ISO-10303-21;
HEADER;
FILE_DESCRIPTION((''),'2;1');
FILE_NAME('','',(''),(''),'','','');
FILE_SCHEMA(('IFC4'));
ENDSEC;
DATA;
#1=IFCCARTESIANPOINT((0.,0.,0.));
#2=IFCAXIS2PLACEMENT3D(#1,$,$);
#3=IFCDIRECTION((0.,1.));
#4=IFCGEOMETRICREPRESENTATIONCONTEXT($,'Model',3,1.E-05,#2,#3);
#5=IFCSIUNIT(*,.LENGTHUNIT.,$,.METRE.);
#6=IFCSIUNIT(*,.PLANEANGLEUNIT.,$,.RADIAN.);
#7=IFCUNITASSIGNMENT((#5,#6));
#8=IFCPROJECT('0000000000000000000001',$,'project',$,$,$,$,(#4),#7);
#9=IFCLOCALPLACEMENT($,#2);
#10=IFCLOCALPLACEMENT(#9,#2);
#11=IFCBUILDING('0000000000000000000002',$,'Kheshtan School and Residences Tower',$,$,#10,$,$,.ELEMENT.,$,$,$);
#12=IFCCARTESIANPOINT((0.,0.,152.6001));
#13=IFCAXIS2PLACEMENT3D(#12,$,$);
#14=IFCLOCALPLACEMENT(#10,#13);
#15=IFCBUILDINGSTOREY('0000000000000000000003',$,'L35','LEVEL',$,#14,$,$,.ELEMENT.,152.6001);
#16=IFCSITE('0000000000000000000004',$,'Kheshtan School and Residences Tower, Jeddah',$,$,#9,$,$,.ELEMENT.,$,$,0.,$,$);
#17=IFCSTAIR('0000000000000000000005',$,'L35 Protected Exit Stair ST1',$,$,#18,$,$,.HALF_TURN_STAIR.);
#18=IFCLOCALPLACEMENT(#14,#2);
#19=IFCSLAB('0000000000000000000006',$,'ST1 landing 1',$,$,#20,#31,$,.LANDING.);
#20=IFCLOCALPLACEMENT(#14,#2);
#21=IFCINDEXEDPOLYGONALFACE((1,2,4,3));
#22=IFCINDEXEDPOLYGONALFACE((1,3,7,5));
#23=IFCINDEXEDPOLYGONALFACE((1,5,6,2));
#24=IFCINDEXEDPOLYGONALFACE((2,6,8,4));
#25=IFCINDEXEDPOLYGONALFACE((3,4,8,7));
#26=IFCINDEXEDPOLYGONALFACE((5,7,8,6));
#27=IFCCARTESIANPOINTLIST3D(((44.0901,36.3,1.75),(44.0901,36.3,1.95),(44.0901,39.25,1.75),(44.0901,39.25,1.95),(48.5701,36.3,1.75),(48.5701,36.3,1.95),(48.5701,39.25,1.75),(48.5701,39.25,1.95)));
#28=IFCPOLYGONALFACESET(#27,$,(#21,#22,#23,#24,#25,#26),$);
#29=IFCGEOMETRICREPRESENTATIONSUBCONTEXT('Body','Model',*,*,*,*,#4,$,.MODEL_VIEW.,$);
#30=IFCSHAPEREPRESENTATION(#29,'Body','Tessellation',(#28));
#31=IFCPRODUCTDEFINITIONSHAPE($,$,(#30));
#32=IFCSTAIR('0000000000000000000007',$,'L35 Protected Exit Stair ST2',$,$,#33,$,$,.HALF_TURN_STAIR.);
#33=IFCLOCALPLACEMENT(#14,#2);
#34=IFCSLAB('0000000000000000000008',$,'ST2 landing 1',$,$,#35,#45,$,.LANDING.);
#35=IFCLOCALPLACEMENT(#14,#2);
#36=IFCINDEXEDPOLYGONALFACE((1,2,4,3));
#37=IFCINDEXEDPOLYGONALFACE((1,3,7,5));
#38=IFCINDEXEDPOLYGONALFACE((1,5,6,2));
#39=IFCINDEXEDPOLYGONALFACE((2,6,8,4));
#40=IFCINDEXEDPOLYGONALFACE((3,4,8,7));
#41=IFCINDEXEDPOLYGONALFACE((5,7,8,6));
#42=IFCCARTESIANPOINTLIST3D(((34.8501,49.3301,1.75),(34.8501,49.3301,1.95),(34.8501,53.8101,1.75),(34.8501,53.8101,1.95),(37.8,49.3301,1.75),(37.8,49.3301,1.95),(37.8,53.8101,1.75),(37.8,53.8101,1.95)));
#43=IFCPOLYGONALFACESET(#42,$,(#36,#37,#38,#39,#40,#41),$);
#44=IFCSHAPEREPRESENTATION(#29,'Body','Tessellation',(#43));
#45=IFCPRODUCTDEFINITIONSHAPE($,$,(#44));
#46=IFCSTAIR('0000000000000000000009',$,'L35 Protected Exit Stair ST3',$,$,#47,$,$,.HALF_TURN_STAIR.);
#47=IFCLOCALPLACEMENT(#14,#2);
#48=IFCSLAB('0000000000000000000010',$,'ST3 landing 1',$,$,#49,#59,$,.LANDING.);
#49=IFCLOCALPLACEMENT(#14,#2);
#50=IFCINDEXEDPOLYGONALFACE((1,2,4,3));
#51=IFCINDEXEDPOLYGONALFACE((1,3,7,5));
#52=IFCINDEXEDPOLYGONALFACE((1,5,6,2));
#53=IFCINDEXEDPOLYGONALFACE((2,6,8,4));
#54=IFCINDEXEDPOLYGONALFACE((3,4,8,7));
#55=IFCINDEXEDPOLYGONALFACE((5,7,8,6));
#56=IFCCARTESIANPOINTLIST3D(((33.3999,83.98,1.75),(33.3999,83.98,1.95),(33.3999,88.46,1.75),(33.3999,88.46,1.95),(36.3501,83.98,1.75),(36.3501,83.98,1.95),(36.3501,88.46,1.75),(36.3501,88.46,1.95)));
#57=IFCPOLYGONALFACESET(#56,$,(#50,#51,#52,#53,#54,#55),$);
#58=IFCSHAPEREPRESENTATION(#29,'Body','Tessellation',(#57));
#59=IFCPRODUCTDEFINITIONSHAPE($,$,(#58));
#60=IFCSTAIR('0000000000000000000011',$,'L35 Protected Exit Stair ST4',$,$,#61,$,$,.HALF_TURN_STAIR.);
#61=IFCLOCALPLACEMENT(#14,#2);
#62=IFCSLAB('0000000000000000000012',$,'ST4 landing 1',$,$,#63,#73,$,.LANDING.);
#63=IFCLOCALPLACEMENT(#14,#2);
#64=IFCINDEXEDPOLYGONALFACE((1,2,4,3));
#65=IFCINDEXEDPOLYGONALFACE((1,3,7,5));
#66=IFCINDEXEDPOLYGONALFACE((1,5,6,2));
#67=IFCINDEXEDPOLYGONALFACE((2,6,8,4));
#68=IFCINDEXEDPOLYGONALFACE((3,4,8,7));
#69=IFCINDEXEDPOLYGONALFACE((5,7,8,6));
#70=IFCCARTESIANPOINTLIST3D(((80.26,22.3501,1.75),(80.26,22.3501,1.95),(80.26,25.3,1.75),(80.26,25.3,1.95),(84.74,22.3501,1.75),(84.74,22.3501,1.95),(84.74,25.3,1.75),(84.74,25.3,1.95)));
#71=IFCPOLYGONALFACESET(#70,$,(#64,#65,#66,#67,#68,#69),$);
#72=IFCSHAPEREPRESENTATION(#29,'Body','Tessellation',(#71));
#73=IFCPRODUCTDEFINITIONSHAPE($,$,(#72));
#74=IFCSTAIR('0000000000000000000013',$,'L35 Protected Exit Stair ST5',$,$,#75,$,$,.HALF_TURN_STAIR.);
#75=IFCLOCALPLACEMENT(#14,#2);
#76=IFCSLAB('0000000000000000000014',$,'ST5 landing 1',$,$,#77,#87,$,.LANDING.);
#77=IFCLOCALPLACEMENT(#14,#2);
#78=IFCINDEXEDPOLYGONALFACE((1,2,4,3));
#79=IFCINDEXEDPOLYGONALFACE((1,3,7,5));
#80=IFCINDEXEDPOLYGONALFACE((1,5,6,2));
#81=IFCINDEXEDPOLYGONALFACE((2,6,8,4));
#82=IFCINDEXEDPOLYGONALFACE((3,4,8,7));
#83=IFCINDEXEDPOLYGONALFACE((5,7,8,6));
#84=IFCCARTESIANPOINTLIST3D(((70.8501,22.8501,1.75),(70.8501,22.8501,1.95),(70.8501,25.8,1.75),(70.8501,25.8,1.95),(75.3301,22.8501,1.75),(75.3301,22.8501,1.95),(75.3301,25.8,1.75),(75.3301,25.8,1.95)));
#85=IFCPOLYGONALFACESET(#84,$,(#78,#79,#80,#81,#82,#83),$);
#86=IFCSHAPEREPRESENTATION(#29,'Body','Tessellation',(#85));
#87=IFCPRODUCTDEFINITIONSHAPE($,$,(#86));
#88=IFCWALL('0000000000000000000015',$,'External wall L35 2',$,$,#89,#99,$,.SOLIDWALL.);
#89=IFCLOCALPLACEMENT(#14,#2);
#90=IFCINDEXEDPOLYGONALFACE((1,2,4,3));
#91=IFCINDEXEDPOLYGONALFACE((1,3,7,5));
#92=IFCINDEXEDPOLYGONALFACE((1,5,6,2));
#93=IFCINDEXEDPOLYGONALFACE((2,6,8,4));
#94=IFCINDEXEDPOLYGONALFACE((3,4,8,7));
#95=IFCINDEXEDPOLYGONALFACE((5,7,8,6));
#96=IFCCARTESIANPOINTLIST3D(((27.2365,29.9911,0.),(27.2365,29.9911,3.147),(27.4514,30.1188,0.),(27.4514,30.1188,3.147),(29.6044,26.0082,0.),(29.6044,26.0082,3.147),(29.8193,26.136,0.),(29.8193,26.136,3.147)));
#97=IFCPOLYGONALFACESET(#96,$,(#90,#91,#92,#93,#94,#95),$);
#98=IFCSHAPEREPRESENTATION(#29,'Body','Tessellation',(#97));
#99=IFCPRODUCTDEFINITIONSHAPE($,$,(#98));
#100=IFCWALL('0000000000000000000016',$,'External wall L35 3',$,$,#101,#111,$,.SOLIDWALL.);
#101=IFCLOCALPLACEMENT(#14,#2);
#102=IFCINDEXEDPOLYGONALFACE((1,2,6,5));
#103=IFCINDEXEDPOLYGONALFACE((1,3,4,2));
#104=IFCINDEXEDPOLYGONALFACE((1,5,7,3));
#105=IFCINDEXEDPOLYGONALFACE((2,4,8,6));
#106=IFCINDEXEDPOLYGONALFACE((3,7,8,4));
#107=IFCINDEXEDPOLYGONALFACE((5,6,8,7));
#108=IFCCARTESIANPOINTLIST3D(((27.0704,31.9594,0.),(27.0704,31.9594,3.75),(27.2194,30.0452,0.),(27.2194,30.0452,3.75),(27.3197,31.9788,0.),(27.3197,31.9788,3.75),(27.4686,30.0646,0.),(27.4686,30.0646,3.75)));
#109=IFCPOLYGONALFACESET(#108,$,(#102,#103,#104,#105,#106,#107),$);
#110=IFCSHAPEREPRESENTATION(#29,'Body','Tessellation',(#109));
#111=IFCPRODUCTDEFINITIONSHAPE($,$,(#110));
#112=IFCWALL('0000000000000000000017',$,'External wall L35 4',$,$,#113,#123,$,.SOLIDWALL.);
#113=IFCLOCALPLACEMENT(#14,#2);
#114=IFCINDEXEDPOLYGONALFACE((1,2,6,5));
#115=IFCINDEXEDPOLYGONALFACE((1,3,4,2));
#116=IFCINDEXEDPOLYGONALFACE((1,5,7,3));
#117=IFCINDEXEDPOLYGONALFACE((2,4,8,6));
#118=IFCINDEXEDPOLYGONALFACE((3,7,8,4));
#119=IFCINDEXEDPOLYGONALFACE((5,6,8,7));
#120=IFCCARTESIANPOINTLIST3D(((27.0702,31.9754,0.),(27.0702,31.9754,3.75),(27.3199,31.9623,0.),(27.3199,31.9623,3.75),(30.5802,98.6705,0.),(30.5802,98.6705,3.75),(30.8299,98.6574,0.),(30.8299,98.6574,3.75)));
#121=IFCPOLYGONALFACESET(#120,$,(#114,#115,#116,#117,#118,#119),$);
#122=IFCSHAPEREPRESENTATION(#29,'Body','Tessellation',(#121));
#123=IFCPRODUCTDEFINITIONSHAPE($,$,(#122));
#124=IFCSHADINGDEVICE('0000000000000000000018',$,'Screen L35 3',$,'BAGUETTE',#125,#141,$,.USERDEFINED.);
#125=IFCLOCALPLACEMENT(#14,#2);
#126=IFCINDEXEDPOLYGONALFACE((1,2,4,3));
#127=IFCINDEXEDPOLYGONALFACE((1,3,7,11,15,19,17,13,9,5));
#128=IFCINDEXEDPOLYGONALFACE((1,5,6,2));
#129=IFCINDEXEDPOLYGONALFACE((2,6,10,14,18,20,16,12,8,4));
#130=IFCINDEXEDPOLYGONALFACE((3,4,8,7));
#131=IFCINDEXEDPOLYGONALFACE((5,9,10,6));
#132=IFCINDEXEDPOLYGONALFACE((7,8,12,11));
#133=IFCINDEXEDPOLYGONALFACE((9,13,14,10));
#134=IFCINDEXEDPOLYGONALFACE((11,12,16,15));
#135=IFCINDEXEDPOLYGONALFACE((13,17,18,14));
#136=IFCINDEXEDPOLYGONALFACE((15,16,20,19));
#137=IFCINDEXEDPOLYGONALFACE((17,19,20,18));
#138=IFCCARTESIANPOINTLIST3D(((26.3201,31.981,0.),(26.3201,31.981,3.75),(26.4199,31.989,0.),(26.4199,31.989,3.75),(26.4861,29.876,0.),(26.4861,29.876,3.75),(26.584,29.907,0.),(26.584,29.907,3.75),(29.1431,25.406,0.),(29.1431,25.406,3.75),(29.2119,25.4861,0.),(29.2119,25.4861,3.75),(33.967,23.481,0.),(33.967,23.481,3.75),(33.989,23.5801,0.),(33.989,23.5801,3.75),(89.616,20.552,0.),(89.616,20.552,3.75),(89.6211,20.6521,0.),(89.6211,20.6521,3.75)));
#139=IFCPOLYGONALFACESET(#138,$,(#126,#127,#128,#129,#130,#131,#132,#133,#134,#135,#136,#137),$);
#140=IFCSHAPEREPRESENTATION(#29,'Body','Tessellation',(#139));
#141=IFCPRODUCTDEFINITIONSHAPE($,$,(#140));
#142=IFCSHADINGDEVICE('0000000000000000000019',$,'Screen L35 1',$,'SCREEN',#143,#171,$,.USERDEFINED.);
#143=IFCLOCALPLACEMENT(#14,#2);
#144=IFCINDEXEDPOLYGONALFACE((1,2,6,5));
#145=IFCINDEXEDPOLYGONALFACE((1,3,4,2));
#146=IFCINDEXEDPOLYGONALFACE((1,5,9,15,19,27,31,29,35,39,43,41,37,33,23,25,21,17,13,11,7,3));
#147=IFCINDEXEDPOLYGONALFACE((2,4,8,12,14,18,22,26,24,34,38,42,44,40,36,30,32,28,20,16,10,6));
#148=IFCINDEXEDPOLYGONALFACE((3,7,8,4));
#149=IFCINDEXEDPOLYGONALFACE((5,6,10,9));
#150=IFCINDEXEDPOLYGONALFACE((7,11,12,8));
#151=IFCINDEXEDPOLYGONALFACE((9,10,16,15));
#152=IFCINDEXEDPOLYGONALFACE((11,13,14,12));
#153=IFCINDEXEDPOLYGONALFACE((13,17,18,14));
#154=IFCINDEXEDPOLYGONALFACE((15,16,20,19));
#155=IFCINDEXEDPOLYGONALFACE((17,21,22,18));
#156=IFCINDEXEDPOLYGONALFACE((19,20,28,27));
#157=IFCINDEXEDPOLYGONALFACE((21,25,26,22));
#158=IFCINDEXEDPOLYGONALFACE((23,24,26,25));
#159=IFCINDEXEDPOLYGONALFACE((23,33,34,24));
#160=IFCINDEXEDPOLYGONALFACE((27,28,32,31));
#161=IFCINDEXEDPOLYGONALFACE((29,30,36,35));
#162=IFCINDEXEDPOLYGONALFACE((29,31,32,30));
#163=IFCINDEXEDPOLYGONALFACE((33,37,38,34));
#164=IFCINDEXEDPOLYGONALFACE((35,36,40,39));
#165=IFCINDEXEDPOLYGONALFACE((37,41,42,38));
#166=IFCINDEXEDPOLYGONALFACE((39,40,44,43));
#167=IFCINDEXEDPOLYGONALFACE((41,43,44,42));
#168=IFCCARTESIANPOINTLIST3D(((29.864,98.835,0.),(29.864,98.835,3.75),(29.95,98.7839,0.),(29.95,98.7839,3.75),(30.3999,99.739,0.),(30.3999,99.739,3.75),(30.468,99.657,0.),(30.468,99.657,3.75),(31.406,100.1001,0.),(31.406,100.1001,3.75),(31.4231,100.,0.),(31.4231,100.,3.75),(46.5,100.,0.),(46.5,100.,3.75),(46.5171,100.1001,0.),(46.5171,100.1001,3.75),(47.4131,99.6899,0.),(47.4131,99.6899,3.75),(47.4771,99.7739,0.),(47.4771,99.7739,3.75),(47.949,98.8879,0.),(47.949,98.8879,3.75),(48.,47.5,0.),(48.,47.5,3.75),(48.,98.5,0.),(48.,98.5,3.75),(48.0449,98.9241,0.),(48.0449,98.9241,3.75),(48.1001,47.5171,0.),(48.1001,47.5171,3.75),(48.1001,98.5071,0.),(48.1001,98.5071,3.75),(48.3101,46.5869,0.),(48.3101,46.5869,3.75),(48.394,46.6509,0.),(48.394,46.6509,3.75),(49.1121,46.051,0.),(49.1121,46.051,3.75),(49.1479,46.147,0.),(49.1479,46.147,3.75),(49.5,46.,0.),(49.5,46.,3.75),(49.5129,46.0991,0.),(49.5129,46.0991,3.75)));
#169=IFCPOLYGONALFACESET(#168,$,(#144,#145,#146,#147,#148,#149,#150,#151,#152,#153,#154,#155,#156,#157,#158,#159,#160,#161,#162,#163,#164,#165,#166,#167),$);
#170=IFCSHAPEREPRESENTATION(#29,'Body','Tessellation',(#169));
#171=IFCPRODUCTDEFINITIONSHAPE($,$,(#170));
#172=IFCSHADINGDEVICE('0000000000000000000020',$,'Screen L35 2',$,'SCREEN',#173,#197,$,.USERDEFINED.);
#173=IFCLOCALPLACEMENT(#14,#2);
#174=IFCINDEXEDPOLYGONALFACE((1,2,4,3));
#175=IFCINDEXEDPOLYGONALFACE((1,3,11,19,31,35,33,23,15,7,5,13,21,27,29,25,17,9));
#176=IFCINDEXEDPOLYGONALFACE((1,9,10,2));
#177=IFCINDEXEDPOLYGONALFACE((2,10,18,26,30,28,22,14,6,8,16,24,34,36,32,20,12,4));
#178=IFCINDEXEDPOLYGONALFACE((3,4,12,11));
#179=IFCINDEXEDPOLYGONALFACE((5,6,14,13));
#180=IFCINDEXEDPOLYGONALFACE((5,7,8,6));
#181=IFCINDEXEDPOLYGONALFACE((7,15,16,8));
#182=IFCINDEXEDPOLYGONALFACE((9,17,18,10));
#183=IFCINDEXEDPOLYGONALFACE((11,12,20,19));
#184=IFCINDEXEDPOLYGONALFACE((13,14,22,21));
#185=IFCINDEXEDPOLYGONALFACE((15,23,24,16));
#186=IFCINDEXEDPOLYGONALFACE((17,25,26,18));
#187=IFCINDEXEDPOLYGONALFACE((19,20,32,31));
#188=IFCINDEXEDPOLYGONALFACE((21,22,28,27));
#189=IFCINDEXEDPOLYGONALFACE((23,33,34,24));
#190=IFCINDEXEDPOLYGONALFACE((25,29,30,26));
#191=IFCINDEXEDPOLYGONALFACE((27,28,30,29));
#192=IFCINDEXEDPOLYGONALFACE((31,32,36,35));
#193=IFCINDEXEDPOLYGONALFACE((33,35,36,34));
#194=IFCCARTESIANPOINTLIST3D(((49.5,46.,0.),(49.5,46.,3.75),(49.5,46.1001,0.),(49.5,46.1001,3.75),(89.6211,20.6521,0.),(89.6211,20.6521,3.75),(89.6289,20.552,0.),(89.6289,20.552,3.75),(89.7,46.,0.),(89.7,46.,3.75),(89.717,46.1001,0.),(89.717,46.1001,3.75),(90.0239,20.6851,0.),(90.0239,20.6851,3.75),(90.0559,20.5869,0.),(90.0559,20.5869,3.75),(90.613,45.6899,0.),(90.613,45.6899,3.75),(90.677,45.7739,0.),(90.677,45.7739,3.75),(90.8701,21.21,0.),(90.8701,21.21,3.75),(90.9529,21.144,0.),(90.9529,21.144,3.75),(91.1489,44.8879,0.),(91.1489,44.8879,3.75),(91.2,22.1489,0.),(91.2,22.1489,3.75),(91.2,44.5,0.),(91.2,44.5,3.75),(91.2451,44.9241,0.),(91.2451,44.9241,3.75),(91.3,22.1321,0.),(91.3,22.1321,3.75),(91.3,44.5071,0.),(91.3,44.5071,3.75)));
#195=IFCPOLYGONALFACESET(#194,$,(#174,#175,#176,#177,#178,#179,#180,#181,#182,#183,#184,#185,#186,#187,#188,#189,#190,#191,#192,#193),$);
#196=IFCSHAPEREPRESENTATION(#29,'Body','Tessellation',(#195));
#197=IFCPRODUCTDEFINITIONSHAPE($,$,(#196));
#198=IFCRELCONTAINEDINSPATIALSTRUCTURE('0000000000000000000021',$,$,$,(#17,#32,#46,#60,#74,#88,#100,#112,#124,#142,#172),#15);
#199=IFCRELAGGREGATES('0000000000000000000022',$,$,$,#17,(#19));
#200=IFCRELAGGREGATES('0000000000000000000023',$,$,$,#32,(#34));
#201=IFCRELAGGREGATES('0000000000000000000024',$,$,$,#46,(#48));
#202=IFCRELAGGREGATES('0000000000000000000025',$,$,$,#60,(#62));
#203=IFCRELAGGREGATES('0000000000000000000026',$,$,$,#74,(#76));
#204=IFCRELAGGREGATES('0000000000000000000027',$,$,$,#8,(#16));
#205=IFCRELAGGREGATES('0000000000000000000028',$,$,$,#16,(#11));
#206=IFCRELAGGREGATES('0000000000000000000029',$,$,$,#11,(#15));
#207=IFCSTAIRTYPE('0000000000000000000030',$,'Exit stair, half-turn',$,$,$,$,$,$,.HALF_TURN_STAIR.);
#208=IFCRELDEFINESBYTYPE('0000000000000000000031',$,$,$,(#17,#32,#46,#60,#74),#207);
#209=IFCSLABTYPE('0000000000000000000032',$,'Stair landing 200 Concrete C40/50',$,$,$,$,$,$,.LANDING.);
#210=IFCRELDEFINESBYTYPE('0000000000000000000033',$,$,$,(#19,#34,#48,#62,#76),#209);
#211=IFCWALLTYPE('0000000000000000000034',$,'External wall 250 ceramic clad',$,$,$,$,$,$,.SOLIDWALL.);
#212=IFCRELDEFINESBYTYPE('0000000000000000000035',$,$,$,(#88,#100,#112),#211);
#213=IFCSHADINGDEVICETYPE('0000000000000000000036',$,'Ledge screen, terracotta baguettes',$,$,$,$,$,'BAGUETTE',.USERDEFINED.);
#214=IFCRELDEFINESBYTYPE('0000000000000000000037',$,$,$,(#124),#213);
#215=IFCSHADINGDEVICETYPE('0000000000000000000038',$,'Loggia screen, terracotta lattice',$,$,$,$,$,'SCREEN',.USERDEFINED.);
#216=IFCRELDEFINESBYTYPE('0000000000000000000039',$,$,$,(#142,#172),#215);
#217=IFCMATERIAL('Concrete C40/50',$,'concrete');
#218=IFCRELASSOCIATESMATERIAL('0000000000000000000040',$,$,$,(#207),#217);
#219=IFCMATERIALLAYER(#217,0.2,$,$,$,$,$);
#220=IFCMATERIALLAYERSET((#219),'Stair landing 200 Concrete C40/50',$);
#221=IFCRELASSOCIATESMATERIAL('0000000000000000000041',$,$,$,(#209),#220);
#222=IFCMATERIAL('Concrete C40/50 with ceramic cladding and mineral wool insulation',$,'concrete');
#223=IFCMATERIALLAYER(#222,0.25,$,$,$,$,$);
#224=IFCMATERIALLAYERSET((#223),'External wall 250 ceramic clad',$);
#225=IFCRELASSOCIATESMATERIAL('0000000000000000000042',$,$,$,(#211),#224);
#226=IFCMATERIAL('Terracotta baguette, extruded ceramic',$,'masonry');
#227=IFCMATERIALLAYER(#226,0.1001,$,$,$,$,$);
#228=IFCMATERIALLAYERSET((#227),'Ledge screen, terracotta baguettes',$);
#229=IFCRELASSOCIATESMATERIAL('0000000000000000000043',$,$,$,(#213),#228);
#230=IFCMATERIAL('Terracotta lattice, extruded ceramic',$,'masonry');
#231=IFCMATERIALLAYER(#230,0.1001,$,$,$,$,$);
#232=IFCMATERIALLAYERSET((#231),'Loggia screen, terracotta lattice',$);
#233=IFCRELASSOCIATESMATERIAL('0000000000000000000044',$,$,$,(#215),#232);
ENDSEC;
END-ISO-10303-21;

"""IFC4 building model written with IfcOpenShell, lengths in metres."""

from ifc_helpers import new_model, si_unit, direction, frame, frame_2d, origin, place, context, subcontext, project, spatial, polyline, rectangle, outline, extrude, material, layer, layer_set, type_object, element, aggregate, save


model = new_model("IFC4")

# Units and contexts
model_context = context("Model", 3, precision=1e-05, world=origin(), true_north=direction((0.0, 1.0)))
body_context = subcontext(model_context, "Body", "Model", "MODEL_VIEW")
ifc_project = project(units=[si_unit("LENGTHUNIT", "METRE"), si_unit("PLANEANGLEUNIT", "RADIAN")], contexts=[model_context])

# Site, building, storey
site_placement = place(None, origin())
site = spatial("IfcSite", under=ifc_project, at=site_placement, Name="Kheshtan School and Residences Tower, Jeddah", CompositionType="ELEMENT", RefElevation=0.0)
building_placement = place(site_placement, origin())
building = spatial("IfcBuilding", under=site, at=building_placement, Name="Kheshtan School and Residences Tower", CompositionType="ELEMENT")
storey_placement = place(building_placement, frame((0.0, 0.0, 152.6001)))
storey = spatial("IfcBuildingStorey", under=building, at=storey_placement, Name="L35", Description="LEVEL", CompositionType="ELEMENT", Elevation=152.6001)

# Shared definitions
ifc_material_1 = material(Name="Concrete C40/50", Category="concrete")

# Stairs, slabs
stair_type = type_object("IfcStairType", Name="Exit stair, half-turn", PredefinedType="HALF_TURN_STAIR", material=ifc_material_1)
stair_1_placement = place(storey_placement, origin())
stair_1 = element("IfcStair", 1, at=stair_1_placement, inside=storey, type_object=stair_type, Name="L35 Protected Exit Stair ST1", PredefinedType="HALF_TURN_STAIR")
ifc_layer_1 = layer(ifc_material_1, 0.2)
ifc_layer_set_1 = layer_set([ifc_layer_1], Name="Stair landing 200 Concrete C40/50")
slab_type_1 = type_object("IfcSlabType", Name="Stair landing 200 Concrete C40/50", PredefinedType="LANDING", material=ifc_layer_set_1)
slab_1_placement = place(storey_placement, frame((0.0, 0.0, 1.75)))
slab_1 = element("IfcSlab", 2, at=slab_1_placement, type_object=slab_type_1, Name="ST1 landing 1", PredefinedType="LANDING", context=body_context, shape_type="SweptSolid", body=[
    extrude(outline(polyline([(48.5701, 39.25), (44.0901, 39.25), (44.0901, 36.3), (48.5701, 36.3), (48.5701, 39.25)])), origin(), (0.0, 0.0, 1.0), 0.2),
])
aggregate(stair_1, [slab_1])
stair_2_placement = place(storey_placement, origin())
stair_2 = element("IfcStair", 3, at=stair_2_placement, inside=storey, type_object=stair_type, Name="L35 Protected Exit Stair ST2", PredefinedType="HALF_TURN_STAIR")
slab_2_placement = place(storey_placement, frame((0.0, 0.0, 1.75)))
slab_2 = element("IfcSlab", 4, at=slab_2_placement, type_object=slab_type_1, Name="ST2 landing 1", PredefinedType="LANDING", context=body_context, shape_type="SweptSolid", body=[
    extrude(outline(polyline([(37.8, 49.3301), (37.8, 53.8101), (34.8501, 53.8101), (34.8501, 49.3301), (37.8, 49.3301)])), origin(), (0.0, 0.0, 1.0), 0.2),
])
aggregate(stair_2, [slab_2])
stair_3_placement = place(storey_placement, origin())
stair_3 = element("IfcStair", 5, at=stair_3_placement, inside=storey, type_object=stair_type, Name="L35 Protected Exit Stair ST3", PredefinedType="HALF_TURN_STAIR")
slab_3_placement = place(storey_placement, frame((0.0, 0.0, 1.75)))
slab_3 = element("IfcSlab", 6, at=slab_3_placement, type_object=slab_type_1, Name="ST3 landing 1", PredefinedType="LANDING", context=body_context, shape_type="SweptSolid", body=[
    extrude(outline(polyline([(36.3501, 83.98), (36.3501, 88.46), (33.3999, 88.46), (33.3999, 83.98), (36.3501, 83.98)])), origin(), (0.0, 0.0, 1.0), 0.2),
])
aggregate(stair_3, [slab_3])
stair_4_placement = place(storey_placement, origin())
stair_4 = element("IfcStair", 7, at=stair_4_placement, inside=storey, type_object=stair_type, Name="L35 Protected Exit Stair ST4", PredefinedType="HALF_TURN_STAIR")
slab_4_placement = place(storey_placement, frame((0.0, 0.0, 1.75)))
slab_4 = element("IfcSlab", 8, at=slab_4_placement, type_object=slab_type_1, Name="ST4 landing 1", PredefinedType="LANDING", context=body_context, shape_type="SweptSolid", body=[
    extrude(outline(polyline([(84.74, 25.3), (80.26, 25.3), (80.26, 22.3501), (84.74, 22.3501), (84.74, 25.3)])), origin(), (0.0, 0.0, 1.0), 0.2),
])
aggregate(stair_4, [slab_4])
stair_5_placement = place(storey_placement, origin())
stair_5 = element("IfcStair", 9, at=stair_5_placement, inside=storey, type_object=stair_type, Name="L35 Protected Exit Stair ST5", PredefinedType="HALF_TURN_STAIR")
slab_5_placement = place(storey_placement, frame((0.0, 0.0, 1.75)))
slab_5 = element("IfcSlab", 10, at=slab_5_placement, type_object=slab_type_1, Name="ST5 landing 1", PredefinedType="LANDING", context=body_context, shape_type="SweptSolid", body=[
    extrude(outline(polyline([(75.3301, 25.8), (70.8501, 25.8), (70.8501, 22.8501), (75.3301, 22.8501), (75.3301, 25.8)])), origin(), (0.0, 0.0, 1.0), 0.2),
])
aggregate(stair_5, [slab_5])

# Walls
ifc_material_2 = material(Name="Concrete C40/50 with ceramic cladding and mineral wool insulation", Category="concrete")
ifc_layer_2 = layer(ifc_material_2, 0.25)
ifc_layer_set_2 = layer_set([ifc_layer_2], Name="External wall 250 ceramic clad")
wall_type = type_object("IfcWallType", Name="External wall 250 ceramic clad", PredefinedType="SOLIDWALL", material=ifc_layer_set_2)
wall_1_placement = place(storey_placement, frame((29.7119, 26.072, 0.0), z_axis=(0.0, 0.0, 1.0), x_axis=(-0.511028, 0.859564, 0.0)))
element("IfcWall", 11, at=wall_1_placement, inside=storey, type_object=wall_type, Name="External wall L35 2", PredefinedType="SOLIDWALL", context=body_context, shape_type="SweptSolid", body=[
    extrude(rectangle(XDim=4.6335, YDim=0.25, at=frame_2d((2.3169, 0.0))), origin(), (0.0, 0.0, 1.0), 3.147),
])
wall_2_placement = place(storey_placement, frame((27.344, 30.0549, 0.0), z_axis=(0.0, 0.0, 1.0), x_axis=(-0.077572, 0.996987, 0.0)))
element("IfcWall", 12, at=wall_2_placement, inside=storey, type_object=wall_type, Name="External wall L35 3", PredefinedType="SOLIDWALL", context=body_context, shape_type="SweptSolid", body=[
    extrude(rectangle(XDim=1.9199, YDim=0.25, at=frame_2d((0.96, 0.0))), origin(), (0.0, 0.0, 1.0), 3.75),
])
wall_3_placement = place(storey_placement, frame((27.1951, 31.969, 0.0), z_axis=(0.0, 0.0, 1.0), x_axis=(0.052555, 0.998618, 0.0)))
element("IfcWall", 13, at=wall_3_placement, inside=storey, type_object=wall_type, Name="External wall L35 4", PredefinedType="SOLIDWALL", context=body_context, shape_type="SweptSolid", body=[
    extrude(rectangle(XDim=66.7874, YDim=0.25, at=frame_2d((33.3936, 0.0))), origin(), (0.0, 0.0, 1.0), 3.75),
])

# Shading devices
ifc_material_3 = material(Name="Terracotta baguette, extruded ceramic", Category="masonry")
ifc_layer_3 = layer(ifc_material_3, 0.1001)
ifc_layer_set_3 = layer_set([ifc_layer_3], Name="Ledge screen, terracotta baguettes")
shading_device_type_1 = type_object("IfcShadingDeviceType", Name="Ledge screen, terracotta baguettes", ElementType="BAGUETTE", PredefinedType="USERDEFINED", material=ifc_layer_set_3)
shading_device_1_placement = place(storey_placement, origin())
element("IfcShadingDevice", 14, at=shading_device_1_placement, inside=storey, type_object=shading_device_type_1, Name="Screen L35 3", ObjectType="BAGUETTE", PredefinedType="USERDEFINED", context=body_context, shape_type="SweptSolid", body=[
    extrude(outline(polyline([(89.6211, 20.6521), (33.989, 23.5801), (29.2119, 25.4861), (26.584, 29.907), (26.4199, 31.989), (26.3201, 31.981), (26.4861, 29.876), (29.1431, 25.406), (33.967, 23.481), (89.616, 20.552), (89.6211, 20.6521)])), origin(), (0.0, 0.0, 1.0), 3.75),
])
ifc_material_4 = material(Name="Terracotta lattice, extruded ceramic", Category="masonry")
ifc_layer_4 = layer(ifc_material_4, 0.1001)
ifc_layer_set_4 = layer_set([ifc_layer_4], Name="Loggia screen, terracotta lattice")
shading_device_type_2 = type_object("IfcShadingDeviceType", Name="Loggia screen, terracotta lattice", ElementType="SCREEN", PredefinedType="USERDEFINED", material=ifc_layer_set_4)
shading_device_2_placement = place(storey_placement, origin())
element("IfcShadingDevice", 15, at=shading_device_2_placement, inside=storey, type_object=shading_device_type_2, Name="Screen L35 1", ObjectType="SCREEN", PredefinedType="USERDEFINED", context=body_context, shape_type="SweptSolid", body=[
    extrude(outline(polyline([(29.95, 98.7839), (30.468, 99.657), (31.4231, 100.0), (46.5, 100.0), (47.4131, 99.6899), (47.949, 98.8879), (48.0, 98.5), (48.0, 47.5), (48.3101, 46.5869), (49.1121, 46.051), (49.5, 46.0), (49.5129, 46.0991), (49.1479, 46.147), (48.394, 46.6509), (48.1001, 47.5171), (48.1001, 98.5071), (48.0449, 98.9241), (47.4771, 99.7739), (46.5171, 100.1001), (31.406, 100.1001), (30.3999, 99.739), (29.864, 98.835), (29.95, 98.7839)])), origin(), (0.0, 0.0, 1.0), 3.75),
])
shading_device_3_placement = place(storey_placement, origin())
element("IfcShadingDevice", 16, at=shading_device_3_placement, inside=storey, type_object=shading_device_type_2, Name="Screen L35 2", ObjectType="SCREEN", PredefinedType="USERDEFINED", context=body_context, shape_type="SweptSolid", body=[
    extrude(outline(polyline([(49.5, 46.0), (89.7, 46.0), (90.613, 45.6899), (91.1489, 44.8879), (91.2, 44.5), (91.2, 22.1489), (90.8701, 21.21), (90.0239, 20.6851), (89.6211, 20.6521), (89.6289, 20.552), (90.0559, 20.5869), (90.9529, 21.144), (91.3, 22.1321), (91.3, 44.5071), (91.2451, 44.9241), (90.677, 45.7739), (89.717, 46.1001), (49.5, 46.1001), (49.5, 46.0)])), origin(), (0.0, 0.0, 1.0), 3.75),
])

save(model, "model.ifc")
